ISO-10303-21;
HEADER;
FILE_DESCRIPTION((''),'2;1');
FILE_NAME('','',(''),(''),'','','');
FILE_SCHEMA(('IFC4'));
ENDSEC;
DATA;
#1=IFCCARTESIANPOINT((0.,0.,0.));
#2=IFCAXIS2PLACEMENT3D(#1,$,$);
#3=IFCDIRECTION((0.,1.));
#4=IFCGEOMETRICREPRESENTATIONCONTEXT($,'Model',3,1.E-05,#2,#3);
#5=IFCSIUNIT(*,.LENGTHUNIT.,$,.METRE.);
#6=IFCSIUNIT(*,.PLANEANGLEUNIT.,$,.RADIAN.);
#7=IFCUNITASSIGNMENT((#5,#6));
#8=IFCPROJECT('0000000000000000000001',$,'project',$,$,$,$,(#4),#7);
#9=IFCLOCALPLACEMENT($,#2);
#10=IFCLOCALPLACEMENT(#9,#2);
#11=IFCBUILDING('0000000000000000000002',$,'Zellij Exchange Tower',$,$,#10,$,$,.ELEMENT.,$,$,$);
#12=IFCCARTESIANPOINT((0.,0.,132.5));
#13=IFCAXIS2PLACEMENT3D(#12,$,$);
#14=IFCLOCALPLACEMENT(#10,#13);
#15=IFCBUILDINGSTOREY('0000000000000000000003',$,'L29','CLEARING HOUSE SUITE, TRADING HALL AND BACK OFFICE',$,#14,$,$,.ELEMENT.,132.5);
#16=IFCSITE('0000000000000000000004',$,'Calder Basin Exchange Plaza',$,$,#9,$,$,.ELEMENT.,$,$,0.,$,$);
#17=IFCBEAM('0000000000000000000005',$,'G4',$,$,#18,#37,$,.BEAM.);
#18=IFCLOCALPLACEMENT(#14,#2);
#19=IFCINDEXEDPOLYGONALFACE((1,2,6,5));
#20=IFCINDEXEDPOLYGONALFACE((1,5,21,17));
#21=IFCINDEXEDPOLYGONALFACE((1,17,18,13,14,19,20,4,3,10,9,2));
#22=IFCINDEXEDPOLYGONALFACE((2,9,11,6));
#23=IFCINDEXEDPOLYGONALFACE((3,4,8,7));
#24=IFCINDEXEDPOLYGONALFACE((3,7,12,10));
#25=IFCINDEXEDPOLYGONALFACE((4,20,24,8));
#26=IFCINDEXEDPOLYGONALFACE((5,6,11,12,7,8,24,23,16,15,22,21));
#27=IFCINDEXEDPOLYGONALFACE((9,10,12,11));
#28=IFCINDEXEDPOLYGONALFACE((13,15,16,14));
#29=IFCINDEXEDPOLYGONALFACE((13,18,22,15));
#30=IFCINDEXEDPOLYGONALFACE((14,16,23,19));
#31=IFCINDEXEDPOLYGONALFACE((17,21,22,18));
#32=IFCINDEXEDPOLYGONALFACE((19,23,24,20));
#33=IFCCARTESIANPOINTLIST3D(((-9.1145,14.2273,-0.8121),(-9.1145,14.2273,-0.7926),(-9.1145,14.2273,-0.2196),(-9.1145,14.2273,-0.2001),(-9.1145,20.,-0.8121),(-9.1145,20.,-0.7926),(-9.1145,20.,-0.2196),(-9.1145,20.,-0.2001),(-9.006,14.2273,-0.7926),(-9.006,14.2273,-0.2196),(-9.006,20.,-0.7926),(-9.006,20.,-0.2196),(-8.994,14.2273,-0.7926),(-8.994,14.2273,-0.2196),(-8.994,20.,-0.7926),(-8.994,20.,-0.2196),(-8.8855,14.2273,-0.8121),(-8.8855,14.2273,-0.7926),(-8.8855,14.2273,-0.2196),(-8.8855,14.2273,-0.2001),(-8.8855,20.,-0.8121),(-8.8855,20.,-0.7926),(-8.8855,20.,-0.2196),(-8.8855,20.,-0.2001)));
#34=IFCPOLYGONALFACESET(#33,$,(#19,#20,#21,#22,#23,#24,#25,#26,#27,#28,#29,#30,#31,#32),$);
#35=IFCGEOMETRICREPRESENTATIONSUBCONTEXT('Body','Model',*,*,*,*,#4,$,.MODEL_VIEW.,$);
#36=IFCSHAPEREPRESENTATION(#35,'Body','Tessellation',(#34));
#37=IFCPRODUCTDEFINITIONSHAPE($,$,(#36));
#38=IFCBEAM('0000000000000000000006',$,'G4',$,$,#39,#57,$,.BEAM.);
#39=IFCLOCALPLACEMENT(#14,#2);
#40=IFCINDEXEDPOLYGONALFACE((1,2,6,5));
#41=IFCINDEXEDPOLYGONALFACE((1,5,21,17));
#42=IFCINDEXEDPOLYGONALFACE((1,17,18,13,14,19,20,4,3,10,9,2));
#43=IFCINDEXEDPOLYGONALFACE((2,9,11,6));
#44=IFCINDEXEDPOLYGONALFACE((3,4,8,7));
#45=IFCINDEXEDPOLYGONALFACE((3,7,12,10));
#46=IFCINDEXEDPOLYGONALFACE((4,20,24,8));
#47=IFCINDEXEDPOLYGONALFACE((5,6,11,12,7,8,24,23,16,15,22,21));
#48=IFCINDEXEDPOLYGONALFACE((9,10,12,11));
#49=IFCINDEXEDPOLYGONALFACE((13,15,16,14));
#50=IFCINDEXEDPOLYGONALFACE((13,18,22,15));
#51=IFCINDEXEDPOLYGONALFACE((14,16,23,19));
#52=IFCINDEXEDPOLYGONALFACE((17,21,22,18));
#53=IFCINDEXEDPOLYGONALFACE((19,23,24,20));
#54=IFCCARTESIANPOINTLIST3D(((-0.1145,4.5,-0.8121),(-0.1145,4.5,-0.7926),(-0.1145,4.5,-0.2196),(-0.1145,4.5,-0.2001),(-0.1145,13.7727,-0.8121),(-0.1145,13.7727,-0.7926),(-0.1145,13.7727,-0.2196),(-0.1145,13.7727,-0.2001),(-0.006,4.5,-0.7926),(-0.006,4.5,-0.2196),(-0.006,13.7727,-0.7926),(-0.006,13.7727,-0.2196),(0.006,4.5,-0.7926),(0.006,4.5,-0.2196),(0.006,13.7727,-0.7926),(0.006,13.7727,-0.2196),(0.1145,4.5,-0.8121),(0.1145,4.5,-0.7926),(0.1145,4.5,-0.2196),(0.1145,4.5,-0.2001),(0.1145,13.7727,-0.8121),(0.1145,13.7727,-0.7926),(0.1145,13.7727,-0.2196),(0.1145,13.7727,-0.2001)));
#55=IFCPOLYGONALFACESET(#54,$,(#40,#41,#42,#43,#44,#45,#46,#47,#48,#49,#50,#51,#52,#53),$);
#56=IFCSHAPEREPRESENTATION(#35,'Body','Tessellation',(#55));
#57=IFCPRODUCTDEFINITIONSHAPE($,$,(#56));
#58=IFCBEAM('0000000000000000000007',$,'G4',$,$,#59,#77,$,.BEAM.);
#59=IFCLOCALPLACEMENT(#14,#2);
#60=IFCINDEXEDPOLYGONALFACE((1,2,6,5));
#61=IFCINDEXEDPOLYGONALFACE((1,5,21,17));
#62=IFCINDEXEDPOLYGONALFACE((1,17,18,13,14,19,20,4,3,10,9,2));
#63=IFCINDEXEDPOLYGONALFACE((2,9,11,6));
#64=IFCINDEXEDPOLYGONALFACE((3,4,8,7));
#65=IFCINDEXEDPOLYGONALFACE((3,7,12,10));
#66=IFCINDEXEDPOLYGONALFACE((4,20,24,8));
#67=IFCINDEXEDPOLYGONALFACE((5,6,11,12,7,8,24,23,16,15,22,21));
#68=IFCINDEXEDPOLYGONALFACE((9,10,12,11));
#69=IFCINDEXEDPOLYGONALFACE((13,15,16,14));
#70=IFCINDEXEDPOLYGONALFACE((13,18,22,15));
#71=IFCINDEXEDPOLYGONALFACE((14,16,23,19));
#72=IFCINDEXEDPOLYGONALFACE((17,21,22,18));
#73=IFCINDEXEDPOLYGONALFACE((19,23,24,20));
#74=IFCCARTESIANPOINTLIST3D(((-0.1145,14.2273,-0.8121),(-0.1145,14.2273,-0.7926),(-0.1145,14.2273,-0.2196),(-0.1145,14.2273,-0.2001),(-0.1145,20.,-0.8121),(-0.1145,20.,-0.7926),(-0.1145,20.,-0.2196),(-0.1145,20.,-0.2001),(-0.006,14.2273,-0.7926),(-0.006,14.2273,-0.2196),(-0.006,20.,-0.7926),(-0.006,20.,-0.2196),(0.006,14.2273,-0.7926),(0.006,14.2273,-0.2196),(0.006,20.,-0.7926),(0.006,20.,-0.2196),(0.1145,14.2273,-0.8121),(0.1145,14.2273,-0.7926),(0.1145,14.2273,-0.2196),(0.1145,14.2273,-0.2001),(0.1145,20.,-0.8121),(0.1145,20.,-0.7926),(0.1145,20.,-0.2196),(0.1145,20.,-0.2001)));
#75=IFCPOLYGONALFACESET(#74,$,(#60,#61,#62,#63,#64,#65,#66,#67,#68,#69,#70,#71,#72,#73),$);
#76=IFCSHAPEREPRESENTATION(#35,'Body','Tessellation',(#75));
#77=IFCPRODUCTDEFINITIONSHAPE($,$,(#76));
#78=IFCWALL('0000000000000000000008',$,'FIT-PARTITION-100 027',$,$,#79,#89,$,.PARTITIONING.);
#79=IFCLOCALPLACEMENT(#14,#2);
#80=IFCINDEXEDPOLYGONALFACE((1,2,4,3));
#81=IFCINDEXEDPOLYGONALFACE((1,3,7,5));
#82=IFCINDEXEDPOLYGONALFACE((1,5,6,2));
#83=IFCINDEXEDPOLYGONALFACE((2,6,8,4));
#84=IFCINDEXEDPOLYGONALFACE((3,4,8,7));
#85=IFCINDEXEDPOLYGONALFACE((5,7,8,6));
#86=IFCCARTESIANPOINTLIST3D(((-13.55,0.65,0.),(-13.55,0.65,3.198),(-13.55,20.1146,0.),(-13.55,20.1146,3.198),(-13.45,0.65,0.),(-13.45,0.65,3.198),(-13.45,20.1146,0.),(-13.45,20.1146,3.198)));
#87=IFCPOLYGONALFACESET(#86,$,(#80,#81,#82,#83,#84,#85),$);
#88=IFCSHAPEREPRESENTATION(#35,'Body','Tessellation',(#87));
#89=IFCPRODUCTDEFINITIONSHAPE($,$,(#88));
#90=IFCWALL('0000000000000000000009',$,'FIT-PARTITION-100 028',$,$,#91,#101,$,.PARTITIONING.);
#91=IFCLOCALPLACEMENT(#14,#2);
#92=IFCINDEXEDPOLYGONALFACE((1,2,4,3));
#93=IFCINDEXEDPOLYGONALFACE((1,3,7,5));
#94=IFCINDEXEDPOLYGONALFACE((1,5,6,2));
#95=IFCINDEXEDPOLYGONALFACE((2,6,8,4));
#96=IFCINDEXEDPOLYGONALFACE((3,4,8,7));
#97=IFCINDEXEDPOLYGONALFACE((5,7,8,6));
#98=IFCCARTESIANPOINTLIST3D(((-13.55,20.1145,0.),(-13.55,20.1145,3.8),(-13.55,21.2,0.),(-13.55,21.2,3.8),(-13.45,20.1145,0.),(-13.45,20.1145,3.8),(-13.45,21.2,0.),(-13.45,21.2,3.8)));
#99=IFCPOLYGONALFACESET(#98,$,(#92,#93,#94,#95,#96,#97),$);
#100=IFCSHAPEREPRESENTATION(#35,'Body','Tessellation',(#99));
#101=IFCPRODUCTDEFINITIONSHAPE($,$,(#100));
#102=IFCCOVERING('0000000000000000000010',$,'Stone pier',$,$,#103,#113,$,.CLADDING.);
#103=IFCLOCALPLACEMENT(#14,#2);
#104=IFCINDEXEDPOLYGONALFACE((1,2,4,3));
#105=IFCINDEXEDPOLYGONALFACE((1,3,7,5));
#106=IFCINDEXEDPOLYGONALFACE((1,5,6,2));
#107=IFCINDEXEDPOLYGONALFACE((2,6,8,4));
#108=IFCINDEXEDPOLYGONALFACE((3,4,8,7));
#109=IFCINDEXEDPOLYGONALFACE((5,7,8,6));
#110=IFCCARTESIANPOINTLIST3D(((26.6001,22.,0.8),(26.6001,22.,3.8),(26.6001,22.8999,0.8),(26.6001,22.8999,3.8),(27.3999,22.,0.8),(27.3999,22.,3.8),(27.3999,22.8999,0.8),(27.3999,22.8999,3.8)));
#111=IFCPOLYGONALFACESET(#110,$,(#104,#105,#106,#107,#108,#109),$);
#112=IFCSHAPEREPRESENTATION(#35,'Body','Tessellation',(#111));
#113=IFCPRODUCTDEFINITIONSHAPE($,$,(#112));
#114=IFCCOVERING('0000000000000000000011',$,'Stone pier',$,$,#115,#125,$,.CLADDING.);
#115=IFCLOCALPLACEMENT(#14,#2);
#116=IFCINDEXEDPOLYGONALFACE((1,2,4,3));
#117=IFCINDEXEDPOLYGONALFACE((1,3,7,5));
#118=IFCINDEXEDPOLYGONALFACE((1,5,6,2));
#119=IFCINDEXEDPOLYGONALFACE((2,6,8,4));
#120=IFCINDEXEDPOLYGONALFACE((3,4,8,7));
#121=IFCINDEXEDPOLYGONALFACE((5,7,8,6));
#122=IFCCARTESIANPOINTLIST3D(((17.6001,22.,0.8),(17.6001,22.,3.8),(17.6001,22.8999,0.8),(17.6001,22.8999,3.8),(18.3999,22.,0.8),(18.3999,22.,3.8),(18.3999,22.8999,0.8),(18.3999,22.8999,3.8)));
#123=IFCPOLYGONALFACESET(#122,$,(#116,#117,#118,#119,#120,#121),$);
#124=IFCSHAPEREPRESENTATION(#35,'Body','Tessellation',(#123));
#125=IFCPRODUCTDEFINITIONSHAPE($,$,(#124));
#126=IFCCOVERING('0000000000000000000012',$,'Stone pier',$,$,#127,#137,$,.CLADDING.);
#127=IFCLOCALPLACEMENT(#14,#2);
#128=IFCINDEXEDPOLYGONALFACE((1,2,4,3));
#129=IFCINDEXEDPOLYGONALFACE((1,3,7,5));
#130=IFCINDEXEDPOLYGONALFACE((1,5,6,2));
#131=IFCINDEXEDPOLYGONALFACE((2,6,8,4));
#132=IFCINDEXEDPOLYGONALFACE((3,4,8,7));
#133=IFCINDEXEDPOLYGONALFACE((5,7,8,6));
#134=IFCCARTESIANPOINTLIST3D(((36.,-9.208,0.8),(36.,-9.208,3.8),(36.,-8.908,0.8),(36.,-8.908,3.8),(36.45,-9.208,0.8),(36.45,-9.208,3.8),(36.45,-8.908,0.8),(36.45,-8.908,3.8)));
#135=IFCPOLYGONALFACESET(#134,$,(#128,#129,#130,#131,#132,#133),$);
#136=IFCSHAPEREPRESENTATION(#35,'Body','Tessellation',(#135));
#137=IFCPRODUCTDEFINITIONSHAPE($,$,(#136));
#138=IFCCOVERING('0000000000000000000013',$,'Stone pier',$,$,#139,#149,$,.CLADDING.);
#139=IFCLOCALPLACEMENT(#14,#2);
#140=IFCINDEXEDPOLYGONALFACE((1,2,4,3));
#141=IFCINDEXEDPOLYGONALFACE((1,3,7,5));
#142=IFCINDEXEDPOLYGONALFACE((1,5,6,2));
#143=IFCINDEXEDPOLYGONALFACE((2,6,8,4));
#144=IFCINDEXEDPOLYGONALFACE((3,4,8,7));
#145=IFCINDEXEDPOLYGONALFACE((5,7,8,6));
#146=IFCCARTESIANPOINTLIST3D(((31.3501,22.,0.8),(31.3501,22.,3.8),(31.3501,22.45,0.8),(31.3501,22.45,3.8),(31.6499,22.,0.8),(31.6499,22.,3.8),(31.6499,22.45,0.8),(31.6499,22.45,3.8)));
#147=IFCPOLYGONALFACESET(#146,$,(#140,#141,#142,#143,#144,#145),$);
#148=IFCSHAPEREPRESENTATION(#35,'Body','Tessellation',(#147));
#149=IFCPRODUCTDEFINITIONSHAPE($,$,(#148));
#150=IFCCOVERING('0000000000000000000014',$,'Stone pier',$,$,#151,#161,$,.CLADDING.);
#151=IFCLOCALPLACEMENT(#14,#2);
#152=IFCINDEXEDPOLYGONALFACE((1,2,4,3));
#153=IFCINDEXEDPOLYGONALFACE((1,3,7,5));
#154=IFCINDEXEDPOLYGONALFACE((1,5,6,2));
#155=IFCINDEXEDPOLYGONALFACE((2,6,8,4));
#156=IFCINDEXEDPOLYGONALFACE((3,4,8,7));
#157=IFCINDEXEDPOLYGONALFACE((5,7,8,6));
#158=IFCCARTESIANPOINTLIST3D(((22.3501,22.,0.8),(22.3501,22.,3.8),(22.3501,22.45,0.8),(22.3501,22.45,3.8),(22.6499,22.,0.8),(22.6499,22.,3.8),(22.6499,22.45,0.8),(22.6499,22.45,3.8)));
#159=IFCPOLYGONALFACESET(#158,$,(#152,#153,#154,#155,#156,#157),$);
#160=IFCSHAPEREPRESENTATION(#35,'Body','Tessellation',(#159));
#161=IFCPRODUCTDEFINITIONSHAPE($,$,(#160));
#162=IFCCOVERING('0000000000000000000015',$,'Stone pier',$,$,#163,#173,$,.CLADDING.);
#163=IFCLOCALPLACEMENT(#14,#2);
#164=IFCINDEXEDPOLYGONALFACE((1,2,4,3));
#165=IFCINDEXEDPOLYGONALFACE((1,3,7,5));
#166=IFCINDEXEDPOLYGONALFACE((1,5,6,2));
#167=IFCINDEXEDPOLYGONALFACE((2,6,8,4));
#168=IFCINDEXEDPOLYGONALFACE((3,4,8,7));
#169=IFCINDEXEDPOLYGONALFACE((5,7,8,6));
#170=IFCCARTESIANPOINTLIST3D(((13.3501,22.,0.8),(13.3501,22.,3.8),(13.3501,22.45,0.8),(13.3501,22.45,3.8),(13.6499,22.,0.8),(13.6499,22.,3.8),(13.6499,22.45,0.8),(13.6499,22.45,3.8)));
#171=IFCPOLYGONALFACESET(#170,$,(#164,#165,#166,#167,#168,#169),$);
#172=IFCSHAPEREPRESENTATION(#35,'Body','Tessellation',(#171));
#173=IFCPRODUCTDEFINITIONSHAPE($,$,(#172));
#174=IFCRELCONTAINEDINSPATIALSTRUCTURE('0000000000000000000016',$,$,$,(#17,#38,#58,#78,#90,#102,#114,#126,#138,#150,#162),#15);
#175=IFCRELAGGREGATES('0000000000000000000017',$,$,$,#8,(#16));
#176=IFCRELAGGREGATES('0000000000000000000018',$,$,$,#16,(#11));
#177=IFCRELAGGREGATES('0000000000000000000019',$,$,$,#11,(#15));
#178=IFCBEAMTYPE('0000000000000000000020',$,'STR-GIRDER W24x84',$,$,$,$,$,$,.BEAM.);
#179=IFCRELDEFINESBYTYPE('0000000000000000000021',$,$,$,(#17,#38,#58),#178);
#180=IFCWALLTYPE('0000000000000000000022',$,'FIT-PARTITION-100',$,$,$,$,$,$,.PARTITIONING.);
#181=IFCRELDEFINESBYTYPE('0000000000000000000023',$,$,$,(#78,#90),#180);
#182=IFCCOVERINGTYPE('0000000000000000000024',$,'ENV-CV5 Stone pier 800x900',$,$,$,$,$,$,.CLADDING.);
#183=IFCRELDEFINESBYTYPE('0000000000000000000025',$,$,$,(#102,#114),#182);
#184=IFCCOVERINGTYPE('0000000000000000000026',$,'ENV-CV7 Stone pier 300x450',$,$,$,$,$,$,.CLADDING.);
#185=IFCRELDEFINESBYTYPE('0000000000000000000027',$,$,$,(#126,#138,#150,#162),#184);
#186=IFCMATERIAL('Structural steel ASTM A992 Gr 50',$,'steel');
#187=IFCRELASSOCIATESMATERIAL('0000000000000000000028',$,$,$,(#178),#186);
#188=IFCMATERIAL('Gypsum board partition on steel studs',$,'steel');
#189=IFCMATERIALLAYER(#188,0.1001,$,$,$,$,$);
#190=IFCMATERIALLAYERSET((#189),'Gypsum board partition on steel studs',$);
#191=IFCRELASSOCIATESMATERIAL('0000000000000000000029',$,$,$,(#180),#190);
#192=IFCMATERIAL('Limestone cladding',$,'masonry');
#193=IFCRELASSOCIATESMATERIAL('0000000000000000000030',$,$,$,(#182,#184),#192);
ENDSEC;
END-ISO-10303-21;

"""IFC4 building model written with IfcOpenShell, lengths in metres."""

from ifc_helpers import new_model, si_unit, direction, frame, frame_2d, origin, origin_2d, place, context, subcontext, project, spatial, polyline, rectangle, i_section, outline, extrude, material, layer, layer_set, material_profile, profile_set, type_object, element, save


model = new_model("IFC4")

# Units and contexts
model_context = context("Model", 3, precision=1e-05, world=origin(), true_north=direction((0.0, 1.0)))
body_context = subcontext(model_context, "Body", "Model", "MODEL_VIEW")
ifc_project = project(units=[si_unit("LENGTHUNIT", "METRE"), si_unit("PLANEANGLEUNIT", "RADIAN")], contexts=[model_context])

# Site, building, storey
site_placement = place(None, origin())
site = spatial("IfcSite", under=ifc_project, at=site_placement, Name="Calder Basin Exchange Plaza", CompositionType="ELEMENT", RefElevation=0.0)
building_placement = place(site_placement, origin())
building = spatial("IfcBuilding", under=site, at=building_placement, Name="Zellij Exchange Tower", CompositionType="ELEMENT")
storey_placement = place(building_placement, frame((0.0, 0.0, 132.5)))
storey = spatial("IfcBuildingStorey", under=building, at=storey_placement, Name="L29", Description="CLEARING HOUSE SUITE, TRADING HALL AND BACK OFFICE", CompositionType="ELEMENT", Elevation=132.5)

# Beams
ifc_material_1 = material(Name="Structural steel ASTM A992 Gr 50", Category="steel")
ifc_material_profile_1 = material_profile(ifc_material_1, i_section(OverallWidth=0.229, OverallDepth=0.6121, WebThickness=0.012, FlangeThickness=0.0195, at=origin_2d()), Name="W24x84")
ifc_profile_set_1 = profile_set([ifc_material_profile_1], Name="Structural steel ASTM A992 Gr 50")
beam_type = type_object("IfcBeamType", Name="STR-GIRDER W24x84", PredefinedType="BEAM", material=ifc_profile_set_1)
beam_1_placement = place(storey_placement, frame((-9.0, 14.2273, -0.5061), z_axis=(0.0, 1.0, 0.0), x_axis=(-1.0, 0.0, 0.0)))
element("IfcBeam", 1, at=beam_1_placement, inside=storey, type_object=beam_type, Name="G4", PredefinedType="BEAM", context=body_context, shape_type="SweptSolid", body=[
    extrude(i_section(OverallWidth=0.229, OverallDepth=0.6121, WebThickness=0.012, FlangeThickness=0.0195, at=origin_2d()), origin(), (0.0, 0.0, 1.0), 5.7727),
])
beam_2_placement = place(storey_placement, frame((0.0, 4.5, -0.5061), z_axis=(0.0, 1.0, 0.0), x_axis=(-1.0, 0.0, 0.0)))
element("IfcBeam", 2, at=beam_2_placement, inside=storey, type_object=beam_type, Name="G4", PredefinedType="BEAM", context=body_context, shape_type="SweptSolid", body=[
    extrude(i_section(OverallWidth=0.229, OverallDepth=0.6121, WebThickness=0.012, FlangeThickness=0.0195, at=origin_2d()), origin(), (0.0, 0.0, 1.0), 9.2727),
])
beam_3_placement = place(storey_placement, frame((0.0, 14.2273, -0.5061), z_axis=(0.0, 1.0, 0.0), x_axis=(-1.0, 0.0, 0.0)))
element("IfcBeam", 3, at=beam_3_placement, inside=storey, type_object=beam_type, Name="G4", PredefinedType="BEAM", context=body_context, shape_type="SweptSolid", body=[
    extrude(i_section(OverallWidth=0.229, OverallDepth=0.6121, WebThickness=0.012, FlangeThickness=0.0195, at=origin_2d()), origin(), (0.0, 0.0, 1.0), 5.7727),
])

# Walls
ifc_material_2 = material(Name="Gypsum board partition on steel studs", Category="steel")
ifc_layer = layer(ifc_material_2, 0.1001)
ifc_layer_set = layer_set([ifc_layer], Name="Gypsum board partition on steel studs")
wall_type = type_object("IfcWallType", Name="FIT-PARTITION-100", PredefinedType="PARTITIONING", material=ifc_layer_set)
wall_1_placement = place(storey_placement, frame((-13.5, 0.6499, 0.0), z_axis=(0.0, 0.0, 1.0), x_axis=(0.0, 1.0, 0.0)))
element("IfcWall", 4, at=wall_1_placement, inside=storey, type_object=wall_type, Name="FIT-PARTITION-100 027", PredefinedType="PARTITIONING", context=body_context, shape_type="SweptSolid", body=[
    extrude(rectangle(XDim=19.4646, YDim=0.1001, at=frame_2d((9.7324, 0.0))), origin(), (0.0, 0.0, 1.0), 3.198),
])
wall_2_placement = place(storey_placement, frame((-13.5, 20.1145, 0.0), z_axis=(0.0, 0.0, 1.0), x_axis=(0.0, 1.0, 0.0)))
element("IfcWall", 5, at=wall_2_placement, inside=storey, type_object=wall_type, Name="FIT-PARTITION-100 028", PredefinedType="PARTITIONING", context=body_context, shape_type="SweptSolid", body=[
    extrude(rectangle(XDim=1.0854, YDim=0.1001, at=frame_2d((0.5427, 0.0))), origin(), (0.0, 0.0, 1.0), 3.8),
])

# Coverings
ifc_material_3 = material(Name="Limestone cladding", Category="masonry")
covering_type_1 = type_object("IfcCoveringType", Name="ENV-CV5 Stone pier 800x900", PredefinedType="CLADDING", material=ifc_material_3)
covering_1_placement = place(storey_placement, frame((0.0, 0.0, 0.8)))
element("IfcCovering", 6, at=covering_1_placement, inside=storey, type_object=covering_type_1, Name="Stone pier", PredefinedType="CLADDING", context=body_context, shape_type="SweptSolid", body=[
    extrude(outline(polyline([(27.3999, 22.0), (26.6001, 22.0), (26.6001, 22.8999), (27.3999, 22.8999), (27.3999, 22.0)])), origin(), (0.0, 0.0, 1.0), 3.0),
])
covering_2_placement = place(storey_placement, frame((0.0, 0.0, 0.8)))
element("IfcCovering", 7, at=covering_2_placement, inside=storey, type_object=covering_type_1, Name="Stone pier", PredefinedType="CLADDING", context=body_context, shape_type="SweptSolid", body=[
    extrude(outline(polyline([(18.3999, 22.0), (17.6001, 22.0), (17.6001, 22.8999), (18.3999, 22.8999), (18.3999, 22.0)])), origin(), (0.0, 0.0, 1.0), 3.0),
])
covering_type_2 = type_object("IfcCoveringType", Name="ENV-CV7 Stone pier 300x450", PredefinedType="CLADDING", material=ifc_material_3)
covering_3_placement = place(storey_placement, frame((0.0, 0.0, 0.8)))
element("IfcCovering", 8, at=covering_3_placement, inside=storey, type_object=covering_type_2, Name="Stone pier", PredefinedType="CLADDING", context=body_context, shape_type="SweptSolid", body=[
    extrude(outline(polyline([(36.0, -9.208), (36.0, -8.908), (36.45, -8.908), (36.45, -9.208), (36.0, -9.208)])), origin(), (0.0, 0.0, 1.0), 3.0),
])
covering_4_placement = place(storey_placement, frame((0.0, 0.0, 0.8)))
element("IfcCovering", 9, at=covering_4_placement, inside=storey, type_object=covering_type_2, Name="Stone pier", PredefinedType="CLADDING", context=body_context, shape_type="SweptSolid", body=[
    extrude(outline(polyline([(31.6499, 22.0), (31.3501, 22.0), (31.3501, 22.45), (31.6499, 22.45), (31.6499, 22.0)])), origin(), (0.0, 0.0, 1.0), 3.0),
])
covering_5_placement = place(storey_placement, frame((0.0, 0.0, 0.8)))
element("IfcCovering", 10, at=covering_5_placement, inside=storey, type_object=covering_type_2, Name="Stone pier", PredefinedType="CLADDING", context=body_context, shape_type="SweptSolid", body=[
    extrude(outline(polyline([(22.6499, 22.0), (22.3501, 22.0), (22.3501, 22.45), (22.6499, 22.45), (22.6499, 22.0)])), origin(), (0.0, 0.0, 1.0), 3.0),
])
covering_6_placement = place(storey_placement, frame((0.0, 0.0, 0.8)))
element("IfcCovering", 11, at=covering_6_placement, inside=storey, type_object=covering_type_2, Name="Stone pier", PredefinedType="CLADDING", context=body_context, shape_type="SweptSolid", body=[
    extrude(outline(polyline([(13.6499, 22.0), (13.3501, 22.0), (13.3501, 22.45), (13.6499, 22.45), (13.6499, 22.0)])), origin(), (0.0, 0.0, 1.0), 3.0),
])

save(model, "model.ifc")
